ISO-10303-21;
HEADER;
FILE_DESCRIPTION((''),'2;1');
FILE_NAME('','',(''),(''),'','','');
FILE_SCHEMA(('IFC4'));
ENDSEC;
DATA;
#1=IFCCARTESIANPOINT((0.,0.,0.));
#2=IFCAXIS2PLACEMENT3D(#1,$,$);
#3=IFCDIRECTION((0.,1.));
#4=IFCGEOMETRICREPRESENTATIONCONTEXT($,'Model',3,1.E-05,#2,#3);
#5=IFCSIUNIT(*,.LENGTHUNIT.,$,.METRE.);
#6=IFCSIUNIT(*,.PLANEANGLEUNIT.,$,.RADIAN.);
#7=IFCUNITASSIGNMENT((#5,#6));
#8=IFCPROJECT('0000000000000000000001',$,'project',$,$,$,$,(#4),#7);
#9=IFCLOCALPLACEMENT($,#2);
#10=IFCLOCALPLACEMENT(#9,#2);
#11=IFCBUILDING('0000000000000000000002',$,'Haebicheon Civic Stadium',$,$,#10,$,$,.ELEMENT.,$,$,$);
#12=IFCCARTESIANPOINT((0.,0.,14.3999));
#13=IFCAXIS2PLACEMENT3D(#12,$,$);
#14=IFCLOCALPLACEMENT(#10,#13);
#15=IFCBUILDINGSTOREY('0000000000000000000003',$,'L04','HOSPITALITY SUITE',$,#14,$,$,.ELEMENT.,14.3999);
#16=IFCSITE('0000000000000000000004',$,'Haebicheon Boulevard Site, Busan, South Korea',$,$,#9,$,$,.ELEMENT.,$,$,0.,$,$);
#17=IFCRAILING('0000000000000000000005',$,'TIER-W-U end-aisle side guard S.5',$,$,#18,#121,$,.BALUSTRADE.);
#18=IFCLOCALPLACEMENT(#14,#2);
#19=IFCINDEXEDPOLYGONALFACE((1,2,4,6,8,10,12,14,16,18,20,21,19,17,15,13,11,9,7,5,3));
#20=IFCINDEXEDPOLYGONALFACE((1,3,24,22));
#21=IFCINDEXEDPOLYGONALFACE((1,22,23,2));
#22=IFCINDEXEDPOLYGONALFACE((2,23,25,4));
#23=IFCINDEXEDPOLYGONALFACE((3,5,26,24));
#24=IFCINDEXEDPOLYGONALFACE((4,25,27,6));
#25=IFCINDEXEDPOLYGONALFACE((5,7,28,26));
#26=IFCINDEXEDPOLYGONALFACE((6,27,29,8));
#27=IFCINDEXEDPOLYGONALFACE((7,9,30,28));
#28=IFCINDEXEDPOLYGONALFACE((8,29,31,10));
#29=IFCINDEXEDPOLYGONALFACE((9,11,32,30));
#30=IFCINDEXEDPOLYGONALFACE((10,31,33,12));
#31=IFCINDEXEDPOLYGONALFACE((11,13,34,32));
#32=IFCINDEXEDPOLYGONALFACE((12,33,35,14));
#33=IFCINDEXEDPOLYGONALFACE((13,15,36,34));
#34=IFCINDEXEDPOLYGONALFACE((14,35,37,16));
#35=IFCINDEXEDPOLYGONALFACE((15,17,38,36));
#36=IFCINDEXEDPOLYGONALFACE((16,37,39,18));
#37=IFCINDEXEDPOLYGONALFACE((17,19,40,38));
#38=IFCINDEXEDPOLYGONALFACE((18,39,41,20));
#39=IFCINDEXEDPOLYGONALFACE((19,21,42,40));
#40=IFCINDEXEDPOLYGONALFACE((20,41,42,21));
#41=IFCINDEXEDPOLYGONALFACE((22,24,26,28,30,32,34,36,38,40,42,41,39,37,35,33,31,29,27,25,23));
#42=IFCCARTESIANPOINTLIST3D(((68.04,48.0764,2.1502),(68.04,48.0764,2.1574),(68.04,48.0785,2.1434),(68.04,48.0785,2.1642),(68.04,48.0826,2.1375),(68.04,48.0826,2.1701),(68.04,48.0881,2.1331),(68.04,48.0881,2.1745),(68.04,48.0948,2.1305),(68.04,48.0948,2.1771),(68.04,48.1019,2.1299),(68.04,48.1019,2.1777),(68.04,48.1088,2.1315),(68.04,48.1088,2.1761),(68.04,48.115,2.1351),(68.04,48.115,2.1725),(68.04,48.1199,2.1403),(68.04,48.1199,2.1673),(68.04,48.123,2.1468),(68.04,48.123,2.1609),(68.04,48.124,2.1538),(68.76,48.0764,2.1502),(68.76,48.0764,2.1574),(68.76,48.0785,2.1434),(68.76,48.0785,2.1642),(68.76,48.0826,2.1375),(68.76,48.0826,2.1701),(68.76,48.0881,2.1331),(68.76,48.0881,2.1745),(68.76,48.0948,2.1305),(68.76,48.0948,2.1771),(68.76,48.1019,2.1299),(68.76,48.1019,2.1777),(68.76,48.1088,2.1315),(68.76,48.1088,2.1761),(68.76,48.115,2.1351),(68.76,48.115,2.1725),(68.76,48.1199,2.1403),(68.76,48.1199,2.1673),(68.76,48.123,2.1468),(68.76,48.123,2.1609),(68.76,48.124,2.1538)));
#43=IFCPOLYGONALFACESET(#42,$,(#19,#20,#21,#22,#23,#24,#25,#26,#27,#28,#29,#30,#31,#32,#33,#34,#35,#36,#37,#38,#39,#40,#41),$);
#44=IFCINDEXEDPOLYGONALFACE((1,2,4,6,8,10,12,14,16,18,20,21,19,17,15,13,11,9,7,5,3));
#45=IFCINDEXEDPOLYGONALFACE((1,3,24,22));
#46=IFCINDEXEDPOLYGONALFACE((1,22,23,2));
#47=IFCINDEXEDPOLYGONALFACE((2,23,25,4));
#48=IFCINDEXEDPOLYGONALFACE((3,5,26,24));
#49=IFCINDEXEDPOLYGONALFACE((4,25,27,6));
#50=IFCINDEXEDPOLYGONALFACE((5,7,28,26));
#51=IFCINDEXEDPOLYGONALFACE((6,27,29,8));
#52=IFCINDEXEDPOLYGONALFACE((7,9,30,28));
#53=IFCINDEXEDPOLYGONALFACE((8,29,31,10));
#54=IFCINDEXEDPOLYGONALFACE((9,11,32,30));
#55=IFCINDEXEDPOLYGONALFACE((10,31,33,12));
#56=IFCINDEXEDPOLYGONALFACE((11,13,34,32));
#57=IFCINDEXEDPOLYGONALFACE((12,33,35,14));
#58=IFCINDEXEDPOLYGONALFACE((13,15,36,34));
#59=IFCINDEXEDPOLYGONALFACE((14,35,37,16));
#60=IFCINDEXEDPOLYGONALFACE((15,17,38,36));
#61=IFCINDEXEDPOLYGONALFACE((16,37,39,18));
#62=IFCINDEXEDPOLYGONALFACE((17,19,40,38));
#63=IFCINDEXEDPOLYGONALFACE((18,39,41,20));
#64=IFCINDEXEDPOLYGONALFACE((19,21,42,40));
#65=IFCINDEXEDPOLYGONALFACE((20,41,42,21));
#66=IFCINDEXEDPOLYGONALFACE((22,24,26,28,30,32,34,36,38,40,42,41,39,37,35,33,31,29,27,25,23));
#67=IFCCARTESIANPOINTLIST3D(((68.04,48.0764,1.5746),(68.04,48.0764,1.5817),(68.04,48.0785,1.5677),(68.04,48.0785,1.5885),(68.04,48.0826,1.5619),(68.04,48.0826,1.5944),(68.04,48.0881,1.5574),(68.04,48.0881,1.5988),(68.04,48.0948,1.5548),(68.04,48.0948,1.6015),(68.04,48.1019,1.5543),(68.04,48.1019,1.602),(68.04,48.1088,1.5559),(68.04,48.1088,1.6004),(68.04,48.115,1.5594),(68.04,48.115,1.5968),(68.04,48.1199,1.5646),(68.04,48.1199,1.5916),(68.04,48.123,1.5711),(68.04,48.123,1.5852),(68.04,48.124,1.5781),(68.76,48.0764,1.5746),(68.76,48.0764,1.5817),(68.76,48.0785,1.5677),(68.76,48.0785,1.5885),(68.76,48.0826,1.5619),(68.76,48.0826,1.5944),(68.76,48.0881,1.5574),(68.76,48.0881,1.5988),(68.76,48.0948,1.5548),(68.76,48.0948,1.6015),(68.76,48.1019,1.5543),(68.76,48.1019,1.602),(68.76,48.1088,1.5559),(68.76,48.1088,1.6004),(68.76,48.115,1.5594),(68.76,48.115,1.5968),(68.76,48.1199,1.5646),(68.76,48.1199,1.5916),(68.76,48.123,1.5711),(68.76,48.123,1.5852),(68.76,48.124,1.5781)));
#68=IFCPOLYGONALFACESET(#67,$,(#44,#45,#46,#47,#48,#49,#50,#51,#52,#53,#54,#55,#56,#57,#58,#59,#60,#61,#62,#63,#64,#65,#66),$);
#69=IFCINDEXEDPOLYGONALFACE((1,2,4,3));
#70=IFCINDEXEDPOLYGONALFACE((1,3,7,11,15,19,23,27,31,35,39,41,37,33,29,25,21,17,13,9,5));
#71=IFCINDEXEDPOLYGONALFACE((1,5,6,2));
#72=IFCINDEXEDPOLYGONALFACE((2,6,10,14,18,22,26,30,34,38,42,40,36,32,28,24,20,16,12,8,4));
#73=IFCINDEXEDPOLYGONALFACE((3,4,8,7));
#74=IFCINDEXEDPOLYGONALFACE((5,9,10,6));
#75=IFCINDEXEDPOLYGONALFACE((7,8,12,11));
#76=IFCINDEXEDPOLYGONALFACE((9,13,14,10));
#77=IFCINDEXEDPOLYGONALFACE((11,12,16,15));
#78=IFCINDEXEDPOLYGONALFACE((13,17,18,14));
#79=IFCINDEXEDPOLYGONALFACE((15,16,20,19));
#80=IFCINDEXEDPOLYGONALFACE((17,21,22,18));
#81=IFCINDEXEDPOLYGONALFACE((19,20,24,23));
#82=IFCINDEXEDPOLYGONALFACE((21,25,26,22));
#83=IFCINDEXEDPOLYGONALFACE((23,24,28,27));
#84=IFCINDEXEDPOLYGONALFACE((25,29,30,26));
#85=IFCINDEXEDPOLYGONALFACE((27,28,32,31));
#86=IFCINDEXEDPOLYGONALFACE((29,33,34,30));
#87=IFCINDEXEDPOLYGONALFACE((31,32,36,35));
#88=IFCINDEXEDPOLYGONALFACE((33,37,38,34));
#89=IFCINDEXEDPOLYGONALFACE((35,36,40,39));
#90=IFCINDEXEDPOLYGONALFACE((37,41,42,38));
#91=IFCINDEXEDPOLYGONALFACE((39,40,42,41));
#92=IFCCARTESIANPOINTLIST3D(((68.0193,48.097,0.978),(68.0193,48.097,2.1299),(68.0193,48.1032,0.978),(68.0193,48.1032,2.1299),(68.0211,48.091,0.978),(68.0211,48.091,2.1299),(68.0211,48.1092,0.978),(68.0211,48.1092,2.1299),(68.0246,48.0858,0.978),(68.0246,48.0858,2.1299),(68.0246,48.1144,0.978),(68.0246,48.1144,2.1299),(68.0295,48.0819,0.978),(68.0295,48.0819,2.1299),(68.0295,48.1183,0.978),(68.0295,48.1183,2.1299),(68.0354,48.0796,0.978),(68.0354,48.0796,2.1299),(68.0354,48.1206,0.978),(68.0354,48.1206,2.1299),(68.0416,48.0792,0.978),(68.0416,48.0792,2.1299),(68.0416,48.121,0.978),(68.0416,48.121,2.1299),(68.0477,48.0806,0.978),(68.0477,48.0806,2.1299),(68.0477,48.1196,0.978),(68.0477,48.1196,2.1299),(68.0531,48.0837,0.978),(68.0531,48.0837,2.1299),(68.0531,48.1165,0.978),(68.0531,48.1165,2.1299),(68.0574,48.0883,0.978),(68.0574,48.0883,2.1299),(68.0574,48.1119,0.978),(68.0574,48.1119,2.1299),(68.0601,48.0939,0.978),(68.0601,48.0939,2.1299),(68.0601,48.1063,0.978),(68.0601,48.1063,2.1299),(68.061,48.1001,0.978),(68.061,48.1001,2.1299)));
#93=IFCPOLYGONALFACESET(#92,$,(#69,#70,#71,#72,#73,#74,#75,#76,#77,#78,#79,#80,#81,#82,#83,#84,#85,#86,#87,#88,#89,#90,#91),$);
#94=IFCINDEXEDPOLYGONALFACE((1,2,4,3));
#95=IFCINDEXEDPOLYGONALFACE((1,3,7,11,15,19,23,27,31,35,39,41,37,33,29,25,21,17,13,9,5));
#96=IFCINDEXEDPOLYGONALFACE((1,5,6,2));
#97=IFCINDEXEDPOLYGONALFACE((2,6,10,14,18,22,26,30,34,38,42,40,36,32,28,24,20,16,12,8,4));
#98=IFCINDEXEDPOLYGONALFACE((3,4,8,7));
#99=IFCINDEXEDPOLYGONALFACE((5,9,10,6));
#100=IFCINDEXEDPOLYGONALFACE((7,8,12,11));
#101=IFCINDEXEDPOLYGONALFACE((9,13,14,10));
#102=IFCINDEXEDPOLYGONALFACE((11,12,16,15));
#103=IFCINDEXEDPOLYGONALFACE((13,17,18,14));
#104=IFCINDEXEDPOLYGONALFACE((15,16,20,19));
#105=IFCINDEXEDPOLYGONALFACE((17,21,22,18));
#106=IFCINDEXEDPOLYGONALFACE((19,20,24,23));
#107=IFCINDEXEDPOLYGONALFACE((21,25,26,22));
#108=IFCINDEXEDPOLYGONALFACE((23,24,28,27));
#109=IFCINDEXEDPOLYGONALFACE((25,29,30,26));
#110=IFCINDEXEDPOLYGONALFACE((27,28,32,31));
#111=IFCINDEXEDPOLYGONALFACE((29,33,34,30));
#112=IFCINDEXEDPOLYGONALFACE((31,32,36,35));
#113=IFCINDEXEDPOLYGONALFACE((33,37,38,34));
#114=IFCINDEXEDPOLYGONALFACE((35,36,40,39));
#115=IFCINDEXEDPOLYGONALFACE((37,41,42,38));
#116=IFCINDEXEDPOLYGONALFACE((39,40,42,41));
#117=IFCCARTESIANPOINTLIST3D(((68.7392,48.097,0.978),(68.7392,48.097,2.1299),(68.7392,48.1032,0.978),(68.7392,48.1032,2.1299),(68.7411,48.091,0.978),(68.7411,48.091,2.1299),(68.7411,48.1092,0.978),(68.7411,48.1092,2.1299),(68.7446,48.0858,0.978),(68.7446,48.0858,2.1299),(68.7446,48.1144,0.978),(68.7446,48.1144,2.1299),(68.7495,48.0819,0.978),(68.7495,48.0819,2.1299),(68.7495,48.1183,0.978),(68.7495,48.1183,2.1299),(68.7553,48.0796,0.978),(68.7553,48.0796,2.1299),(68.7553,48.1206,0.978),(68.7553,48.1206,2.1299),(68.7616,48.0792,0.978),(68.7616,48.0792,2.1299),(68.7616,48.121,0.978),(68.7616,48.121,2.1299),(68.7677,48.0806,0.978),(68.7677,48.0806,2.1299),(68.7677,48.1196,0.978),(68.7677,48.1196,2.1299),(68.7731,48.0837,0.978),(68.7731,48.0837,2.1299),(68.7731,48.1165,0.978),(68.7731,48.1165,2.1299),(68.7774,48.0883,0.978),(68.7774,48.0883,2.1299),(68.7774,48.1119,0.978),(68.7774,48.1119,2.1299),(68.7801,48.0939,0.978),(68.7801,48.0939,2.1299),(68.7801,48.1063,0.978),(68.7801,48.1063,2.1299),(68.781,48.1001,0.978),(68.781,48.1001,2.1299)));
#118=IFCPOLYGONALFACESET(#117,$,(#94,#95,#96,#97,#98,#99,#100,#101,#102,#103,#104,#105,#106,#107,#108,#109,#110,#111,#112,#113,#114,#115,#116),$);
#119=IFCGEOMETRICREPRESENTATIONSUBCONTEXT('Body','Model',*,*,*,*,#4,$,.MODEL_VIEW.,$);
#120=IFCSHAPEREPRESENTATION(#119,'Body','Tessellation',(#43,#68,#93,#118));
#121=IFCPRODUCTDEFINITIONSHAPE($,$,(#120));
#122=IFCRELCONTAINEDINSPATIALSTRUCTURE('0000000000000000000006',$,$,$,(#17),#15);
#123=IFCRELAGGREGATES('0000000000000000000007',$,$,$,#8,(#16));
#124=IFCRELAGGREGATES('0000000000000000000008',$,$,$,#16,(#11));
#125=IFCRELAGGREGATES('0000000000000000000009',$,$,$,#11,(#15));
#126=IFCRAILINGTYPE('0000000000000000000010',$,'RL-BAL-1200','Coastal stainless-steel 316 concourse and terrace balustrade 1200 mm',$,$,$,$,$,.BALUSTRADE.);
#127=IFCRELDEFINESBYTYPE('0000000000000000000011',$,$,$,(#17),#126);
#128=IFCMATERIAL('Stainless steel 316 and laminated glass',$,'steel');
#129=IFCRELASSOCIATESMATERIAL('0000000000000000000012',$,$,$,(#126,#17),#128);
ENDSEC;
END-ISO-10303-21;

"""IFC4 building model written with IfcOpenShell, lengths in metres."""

from ifc_helpers import new_model, si_unit, direction, frame, origin, origin_2d, place, context, subcontext, project, spatial, circle, extrude, material, type_object, element, save


model = new_model("IFC4")

# Units and contexts
model_context = context("Model", 3, precision=1e-05, world=origin(), true_north=direction((0.0, 1.0)))
body_context = subcontext(model_context, "Body", "Model", "MODEL_VIEW")
ifc_project = project(units=[si_unit("LENGTHUNIT", "METRE"), si_unit("PLANEANGLEUNIT", "RADIAN")], contexts=[model_context])

# Site, building, storey
site_placement = place(None, origin())
site = spatial("IfcSite", under=ifc_project, at=site_placement, Name="Haebicheon Boulevard Site, Busan, South Korea", CompositionType="ELEMENT", RefElevation=0.0)
building_placement = place(site_placement, origin())
building = spatial("IfcBuilding", under=site, at=building_placement, Name="Haebicheon Civic Stadium", CompositionType="ELEMENT")
storey_placement = place(building_placement, frame((0.0, 0.0, 14.3999)))
storey = spatial("IfcBuildingStorey", under=building, at=storey_placement, Name="L04", Description="HOSPITALITY SUITE", CompositionType="ELEMENT", Elevation=14.3999)

# Railing
ifc_material_1 = material(Name="Stainless steel 316 and laminated glass", Category="steel")
railing_type = type_object("IfcRailingType", Name="RL-BAL-1200", Description="Coastal stainless-steel 316 concourse and terrace balustrade 1200 mm", PredefinedType="BALUSTRADE", material=ifc_material_1)
for number, where, name in (
    (1, (68.04, 48.1001, 0.978), "TIER-W-U end-aisle side guard S.5"),
):
    element("IfcRailing", number, at=place(storey_placement, frame(where)), inside=storey, type_object=railing_type, material=ifc_material_1, Name=name, PredefinedType="BALUSTRADE", context=body_context, shape_type="SweptSolid", body=[
        extrude(circle(Radius=0.0239, at=origin_2d()), frame((0.0, 0.0, 1.1758), z_axis=(1.0, 0.0, 0.0), x_axis=(0.0, 1.0, 0.0)), (0.0, 0.0, 1.0), 0.72),
        extrude(circle(Radius=0.0239, at=origin_2d()), frame((0.0, 0.0, 0.6001), z_axis=(1.0, 0.0, 0.0), x_axis=(0.0, 1.0, 0.0)), (0.0, 0.0, 1.0), 0.72),
        extrude(circle(Radius=0.021, at=origin_2d()), origin(), (0.0, 0.0, 1.0), 1.1519),
        extrude(circle(Radius=0.021, at=origin_2d()), frame((0.72, 0.0, 0.0)), (0.0, 0.0, 1.0), 1.1519),
    ])

save(model, "model.ifc")
